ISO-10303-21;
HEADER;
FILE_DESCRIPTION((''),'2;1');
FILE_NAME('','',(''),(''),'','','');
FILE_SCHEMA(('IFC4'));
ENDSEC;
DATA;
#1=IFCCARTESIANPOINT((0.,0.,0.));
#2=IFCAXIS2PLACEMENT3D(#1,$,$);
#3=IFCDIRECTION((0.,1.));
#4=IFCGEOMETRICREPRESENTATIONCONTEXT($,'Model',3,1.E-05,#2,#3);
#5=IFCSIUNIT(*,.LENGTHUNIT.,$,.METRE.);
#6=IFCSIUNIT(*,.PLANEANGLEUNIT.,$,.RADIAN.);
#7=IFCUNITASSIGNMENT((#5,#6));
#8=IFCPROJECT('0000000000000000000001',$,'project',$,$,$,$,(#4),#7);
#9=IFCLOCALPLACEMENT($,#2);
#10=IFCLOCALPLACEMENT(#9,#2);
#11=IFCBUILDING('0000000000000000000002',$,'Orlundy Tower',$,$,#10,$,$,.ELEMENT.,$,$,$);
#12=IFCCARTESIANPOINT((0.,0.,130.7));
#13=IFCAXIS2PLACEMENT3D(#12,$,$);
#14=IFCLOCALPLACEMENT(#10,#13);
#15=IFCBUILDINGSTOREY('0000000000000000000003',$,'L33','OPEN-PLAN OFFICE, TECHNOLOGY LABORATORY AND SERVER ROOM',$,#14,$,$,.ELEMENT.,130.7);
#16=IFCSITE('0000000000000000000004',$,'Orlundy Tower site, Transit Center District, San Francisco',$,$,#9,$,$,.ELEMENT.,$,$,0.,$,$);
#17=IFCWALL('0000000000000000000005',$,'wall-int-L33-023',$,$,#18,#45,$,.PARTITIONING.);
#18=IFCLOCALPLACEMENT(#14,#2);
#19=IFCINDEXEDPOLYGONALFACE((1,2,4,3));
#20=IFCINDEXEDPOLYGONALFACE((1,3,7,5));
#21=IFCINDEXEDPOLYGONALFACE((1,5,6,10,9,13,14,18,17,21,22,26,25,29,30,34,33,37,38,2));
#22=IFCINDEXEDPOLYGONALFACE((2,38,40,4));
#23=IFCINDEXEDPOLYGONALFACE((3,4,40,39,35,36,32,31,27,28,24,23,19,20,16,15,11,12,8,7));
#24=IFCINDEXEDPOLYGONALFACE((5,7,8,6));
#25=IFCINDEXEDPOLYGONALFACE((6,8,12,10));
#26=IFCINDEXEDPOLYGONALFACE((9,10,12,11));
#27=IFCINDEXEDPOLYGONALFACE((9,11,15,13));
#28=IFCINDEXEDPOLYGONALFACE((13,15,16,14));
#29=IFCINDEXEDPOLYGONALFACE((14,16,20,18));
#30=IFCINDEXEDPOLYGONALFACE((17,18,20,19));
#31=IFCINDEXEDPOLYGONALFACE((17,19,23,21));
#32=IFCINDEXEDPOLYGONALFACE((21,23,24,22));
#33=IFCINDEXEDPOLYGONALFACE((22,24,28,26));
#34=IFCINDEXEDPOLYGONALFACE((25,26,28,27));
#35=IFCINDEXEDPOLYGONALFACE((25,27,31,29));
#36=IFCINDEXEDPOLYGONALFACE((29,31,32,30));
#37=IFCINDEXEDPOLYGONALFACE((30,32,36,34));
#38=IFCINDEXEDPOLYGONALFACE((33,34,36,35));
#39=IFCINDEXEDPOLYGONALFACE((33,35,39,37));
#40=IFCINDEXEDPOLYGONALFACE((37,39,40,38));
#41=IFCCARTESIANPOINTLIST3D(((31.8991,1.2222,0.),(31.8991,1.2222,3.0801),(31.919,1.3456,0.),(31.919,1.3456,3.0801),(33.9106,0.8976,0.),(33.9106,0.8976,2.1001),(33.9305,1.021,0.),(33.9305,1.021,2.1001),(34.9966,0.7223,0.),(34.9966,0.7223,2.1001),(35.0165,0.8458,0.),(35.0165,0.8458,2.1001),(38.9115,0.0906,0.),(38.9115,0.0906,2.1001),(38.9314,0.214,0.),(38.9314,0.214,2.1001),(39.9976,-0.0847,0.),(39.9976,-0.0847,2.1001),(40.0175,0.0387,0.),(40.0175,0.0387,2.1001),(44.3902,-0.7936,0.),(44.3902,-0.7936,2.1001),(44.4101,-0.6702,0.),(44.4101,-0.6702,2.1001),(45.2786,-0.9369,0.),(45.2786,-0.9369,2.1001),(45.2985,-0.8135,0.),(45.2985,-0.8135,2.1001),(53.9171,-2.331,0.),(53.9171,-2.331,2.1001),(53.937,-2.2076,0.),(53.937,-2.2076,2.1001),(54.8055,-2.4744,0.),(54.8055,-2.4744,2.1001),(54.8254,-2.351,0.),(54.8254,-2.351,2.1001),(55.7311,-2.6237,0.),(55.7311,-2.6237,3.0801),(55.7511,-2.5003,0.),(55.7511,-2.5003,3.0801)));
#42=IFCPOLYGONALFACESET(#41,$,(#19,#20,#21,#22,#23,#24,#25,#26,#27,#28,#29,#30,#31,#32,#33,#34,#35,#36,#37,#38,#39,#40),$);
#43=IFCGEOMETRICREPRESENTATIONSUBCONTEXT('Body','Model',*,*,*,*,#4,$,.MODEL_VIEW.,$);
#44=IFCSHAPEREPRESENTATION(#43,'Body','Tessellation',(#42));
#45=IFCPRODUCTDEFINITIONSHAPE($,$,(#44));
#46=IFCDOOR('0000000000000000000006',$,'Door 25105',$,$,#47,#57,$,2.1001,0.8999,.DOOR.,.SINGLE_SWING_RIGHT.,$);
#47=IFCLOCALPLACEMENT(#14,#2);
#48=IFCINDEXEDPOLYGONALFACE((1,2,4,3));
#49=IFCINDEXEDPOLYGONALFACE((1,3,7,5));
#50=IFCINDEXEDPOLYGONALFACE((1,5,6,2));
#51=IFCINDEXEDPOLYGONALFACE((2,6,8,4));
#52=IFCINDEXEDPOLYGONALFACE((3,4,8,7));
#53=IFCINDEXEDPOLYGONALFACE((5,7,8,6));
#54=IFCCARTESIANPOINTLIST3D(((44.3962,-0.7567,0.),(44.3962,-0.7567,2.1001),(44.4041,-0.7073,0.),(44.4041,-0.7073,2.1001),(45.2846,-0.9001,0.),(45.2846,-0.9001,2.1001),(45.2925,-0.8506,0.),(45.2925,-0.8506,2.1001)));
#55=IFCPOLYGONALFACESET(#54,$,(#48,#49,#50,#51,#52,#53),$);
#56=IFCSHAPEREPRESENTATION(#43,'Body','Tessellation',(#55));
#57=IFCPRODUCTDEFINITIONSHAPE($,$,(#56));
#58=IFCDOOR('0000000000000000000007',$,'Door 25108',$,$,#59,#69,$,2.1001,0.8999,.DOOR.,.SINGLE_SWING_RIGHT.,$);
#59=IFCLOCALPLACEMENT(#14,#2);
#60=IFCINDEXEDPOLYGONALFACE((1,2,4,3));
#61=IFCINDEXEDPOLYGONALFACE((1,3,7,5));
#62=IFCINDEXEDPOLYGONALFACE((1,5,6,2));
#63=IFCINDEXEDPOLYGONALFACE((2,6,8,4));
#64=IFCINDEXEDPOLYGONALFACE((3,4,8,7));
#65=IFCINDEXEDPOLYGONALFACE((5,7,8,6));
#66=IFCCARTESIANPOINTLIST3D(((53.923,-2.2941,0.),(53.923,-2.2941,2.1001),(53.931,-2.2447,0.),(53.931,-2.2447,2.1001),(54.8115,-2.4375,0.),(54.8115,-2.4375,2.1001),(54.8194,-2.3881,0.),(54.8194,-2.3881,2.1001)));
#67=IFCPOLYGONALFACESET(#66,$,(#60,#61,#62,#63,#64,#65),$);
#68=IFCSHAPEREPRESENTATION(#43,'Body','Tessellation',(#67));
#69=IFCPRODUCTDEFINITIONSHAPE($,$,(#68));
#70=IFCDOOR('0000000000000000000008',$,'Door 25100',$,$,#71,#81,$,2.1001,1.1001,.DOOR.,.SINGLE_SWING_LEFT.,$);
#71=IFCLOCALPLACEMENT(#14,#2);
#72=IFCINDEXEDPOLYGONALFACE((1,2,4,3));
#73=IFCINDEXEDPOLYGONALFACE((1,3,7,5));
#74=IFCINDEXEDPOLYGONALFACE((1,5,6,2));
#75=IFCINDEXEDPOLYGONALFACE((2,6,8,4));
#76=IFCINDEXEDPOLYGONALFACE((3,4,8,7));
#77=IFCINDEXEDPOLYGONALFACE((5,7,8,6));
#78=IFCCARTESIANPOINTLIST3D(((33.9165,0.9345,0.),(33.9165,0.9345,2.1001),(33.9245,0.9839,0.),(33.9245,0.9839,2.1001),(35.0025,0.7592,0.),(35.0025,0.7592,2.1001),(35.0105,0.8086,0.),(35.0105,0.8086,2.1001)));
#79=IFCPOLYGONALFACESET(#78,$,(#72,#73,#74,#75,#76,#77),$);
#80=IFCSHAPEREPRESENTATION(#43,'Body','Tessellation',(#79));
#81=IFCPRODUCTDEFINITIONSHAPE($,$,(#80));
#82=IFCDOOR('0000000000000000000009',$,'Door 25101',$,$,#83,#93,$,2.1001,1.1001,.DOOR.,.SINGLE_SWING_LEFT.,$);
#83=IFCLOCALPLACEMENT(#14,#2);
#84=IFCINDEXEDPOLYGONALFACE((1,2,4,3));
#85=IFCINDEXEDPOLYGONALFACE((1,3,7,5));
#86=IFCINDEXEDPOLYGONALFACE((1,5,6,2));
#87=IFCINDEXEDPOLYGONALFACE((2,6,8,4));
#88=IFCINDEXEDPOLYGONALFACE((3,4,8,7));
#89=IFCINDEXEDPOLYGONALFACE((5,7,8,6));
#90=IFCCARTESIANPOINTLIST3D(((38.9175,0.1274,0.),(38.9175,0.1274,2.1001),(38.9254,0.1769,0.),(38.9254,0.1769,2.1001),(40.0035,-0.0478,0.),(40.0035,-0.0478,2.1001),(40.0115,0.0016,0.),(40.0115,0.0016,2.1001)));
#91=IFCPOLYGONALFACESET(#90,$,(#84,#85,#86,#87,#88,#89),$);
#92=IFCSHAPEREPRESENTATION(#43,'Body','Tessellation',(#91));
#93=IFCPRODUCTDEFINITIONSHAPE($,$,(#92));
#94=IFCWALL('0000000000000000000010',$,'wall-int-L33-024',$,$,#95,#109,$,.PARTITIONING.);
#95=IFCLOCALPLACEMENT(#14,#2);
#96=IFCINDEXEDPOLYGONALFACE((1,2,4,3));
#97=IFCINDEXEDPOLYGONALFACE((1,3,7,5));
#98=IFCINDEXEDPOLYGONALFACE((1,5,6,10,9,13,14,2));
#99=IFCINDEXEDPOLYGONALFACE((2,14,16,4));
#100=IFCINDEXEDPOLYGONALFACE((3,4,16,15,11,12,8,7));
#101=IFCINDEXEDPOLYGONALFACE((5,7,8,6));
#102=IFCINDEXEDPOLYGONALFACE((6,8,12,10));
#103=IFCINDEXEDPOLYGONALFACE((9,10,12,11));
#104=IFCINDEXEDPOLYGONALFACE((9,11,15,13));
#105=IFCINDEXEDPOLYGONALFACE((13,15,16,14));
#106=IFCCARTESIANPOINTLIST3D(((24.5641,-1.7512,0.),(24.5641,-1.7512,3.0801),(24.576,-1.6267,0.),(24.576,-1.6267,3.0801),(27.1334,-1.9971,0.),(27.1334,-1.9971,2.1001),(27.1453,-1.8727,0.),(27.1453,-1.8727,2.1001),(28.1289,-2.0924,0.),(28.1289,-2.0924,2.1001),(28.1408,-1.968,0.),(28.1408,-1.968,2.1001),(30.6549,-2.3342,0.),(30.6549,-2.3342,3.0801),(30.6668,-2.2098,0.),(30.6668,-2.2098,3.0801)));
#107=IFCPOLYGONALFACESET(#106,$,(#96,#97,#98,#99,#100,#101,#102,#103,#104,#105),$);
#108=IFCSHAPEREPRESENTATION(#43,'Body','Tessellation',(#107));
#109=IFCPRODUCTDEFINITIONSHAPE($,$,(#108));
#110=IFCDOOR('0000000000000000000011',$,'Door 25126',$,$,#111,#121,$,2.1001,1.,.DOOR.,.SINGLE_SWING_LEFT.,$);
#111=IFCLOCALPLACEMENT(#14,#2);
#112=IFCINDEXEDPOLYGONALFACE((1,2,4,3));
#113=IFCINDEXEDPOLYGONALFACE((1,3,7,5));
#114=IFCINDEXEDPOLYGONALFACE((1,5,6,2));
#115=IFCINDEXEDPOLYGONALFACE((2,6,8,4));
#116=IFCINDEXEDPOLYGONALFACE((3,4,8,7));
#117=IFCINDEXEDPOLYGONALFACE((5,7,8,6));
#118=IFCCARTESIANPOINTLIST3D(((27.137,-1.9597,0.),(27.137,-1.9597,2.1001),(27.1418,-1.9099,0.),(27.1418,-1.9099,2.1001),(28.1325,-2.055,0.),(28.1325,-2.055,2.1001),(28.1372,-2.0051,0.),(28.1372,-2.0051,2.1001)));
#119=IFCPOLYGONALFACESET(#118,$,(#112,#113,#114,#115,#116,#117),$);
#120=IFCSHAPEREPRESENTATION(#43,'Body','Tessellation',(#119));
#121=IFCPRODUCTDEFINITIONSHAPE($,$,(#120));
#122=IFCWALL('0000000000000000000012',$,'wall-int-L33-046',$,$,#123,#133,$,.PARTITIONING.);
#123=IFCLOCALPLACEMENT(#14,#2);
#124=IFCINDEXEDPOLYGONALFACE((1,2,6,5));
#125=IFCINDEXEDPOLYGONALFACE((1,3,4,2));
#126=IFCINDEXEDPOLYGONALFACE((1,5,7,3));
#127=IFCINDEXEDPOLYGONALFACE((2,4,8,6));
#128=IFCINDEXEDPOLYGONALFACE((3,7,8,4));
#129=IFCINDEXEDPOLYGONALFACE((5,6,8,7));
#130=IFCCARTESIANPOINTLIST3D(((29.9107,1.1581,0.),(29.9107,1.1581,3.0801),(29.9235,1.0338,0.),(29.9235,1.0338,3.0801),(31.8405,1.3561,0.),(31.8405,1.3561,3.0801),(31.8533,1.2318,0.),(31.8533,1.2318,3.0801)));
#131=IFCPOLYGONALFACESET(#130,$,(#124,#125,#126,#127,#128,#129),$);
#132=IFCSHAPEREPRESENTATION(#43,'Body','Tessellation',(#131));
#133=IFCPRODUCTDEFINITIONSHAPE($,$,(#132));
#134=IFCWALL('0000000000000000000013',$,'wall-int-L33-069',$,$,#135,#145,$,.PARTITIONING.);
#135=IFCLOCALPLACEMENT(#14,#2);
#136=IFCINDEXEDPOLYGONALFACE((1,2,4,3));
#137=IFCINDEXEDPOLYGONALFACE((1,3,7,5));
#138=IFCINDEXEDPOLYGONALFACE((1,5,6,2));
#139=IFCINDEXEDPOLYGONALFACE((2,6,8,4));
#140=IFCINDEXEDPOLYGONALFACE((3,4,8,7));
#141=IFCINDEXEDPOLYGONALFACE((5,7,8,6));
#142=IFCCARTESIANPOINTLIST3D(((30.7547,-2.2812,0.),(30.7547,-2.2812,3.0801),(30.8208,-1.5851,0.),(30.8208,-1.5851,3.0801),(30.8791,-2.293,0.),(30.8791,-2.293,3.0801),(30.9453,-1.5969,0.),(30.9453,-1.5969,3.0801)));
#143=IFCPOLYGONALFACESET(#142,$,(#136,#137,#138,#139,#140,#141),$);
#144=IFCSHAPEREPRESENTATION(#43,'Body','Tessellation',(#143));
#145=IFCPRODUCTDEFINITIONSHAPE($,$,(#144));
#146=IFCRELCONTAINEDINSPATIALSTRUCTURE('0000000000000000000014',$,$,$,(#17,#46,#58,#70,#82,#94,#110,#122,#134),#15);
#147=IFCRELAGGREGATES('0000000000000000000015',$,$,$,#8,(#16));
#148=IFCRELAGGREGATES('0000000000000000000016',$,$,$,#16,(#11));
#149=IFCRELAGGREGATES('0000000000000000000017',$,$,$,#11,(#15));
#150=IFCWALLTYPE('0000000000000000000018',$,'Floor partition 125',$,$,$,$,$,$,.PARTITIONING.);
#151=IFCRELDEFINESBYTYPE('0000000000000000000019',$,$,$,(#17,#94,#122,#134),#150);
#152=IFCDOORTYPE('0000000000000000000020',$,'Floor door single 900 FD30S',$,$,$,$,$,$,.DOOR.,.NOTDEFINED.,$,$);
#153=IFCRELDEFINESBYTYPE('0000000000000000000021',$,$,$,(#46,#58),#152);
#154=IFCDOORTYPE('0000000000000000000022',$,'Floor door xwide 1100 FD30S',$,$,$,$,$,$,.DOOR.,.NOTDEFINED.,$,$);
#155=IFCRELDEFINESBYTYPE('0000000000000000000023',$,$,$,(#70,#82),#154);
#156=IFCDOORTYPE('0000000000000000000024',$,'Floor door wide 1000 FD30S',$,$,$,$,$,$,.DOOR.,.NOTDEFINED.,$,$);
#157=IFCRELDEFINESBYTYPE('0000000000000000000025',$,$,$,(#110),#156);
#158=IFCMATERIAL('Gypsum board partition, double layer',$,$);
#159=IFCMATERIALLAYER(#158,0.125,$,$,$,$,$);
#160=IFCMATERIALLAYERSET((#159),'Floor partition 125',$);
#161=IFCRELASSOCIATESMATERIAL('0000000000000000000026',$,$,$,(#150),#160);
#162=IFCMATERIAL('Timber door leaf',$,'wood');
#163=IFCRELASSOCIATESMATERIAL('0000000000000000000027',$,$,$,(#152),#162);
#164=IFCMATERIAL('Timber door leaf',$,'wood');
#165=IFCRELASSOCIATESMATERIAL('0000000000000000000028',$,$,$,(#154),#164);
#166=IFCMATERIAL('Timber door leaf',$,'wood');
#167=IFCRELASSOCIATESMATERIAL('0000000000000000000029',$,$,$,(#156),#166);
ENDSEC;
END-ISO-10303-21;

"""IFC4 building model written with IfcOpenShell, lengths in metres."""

from ifc_helpers import new_model, si_unit, direction, frame, frame_2d, origin, place, context, subcontext, project, spatial, rectangle, extrude, material, layer, layer_set, type_object, element, fill, save


model = new_model("IFC4")

# Units and contexts
model_context = context("Model", 3, precision=1e-05, world=origin(), true_north=direction((0.0, 1.0)))
body_context = subcontext(model_context, "Body", "Model", "MODEL_VIEW")
ifc_project = project(units=[si_unit("LENGTHUNIT", "METRE"), si_unit("PLANEANGLEUNIT", "RADIAN")], contexts=[model_context])

# Site, building, storey
site_placement = place(None, origin())
site = spatial("IfcSite", under=ifc_project, at=site_placement, Name="Orlundy Tower site, Transit Center District, San Francisco", CompositionType="ELEMENT", RefElevation=0.0)
building_placement = place(site_placement, origin())
building = spatial("IfcBuilding", under=site, at=building_placement, Name="Orlundy Tower", CompositionType="ELEMENT")
storey_placement = place(building_placement, frame((0.0, 0.0, 130.7)))
storey = spatial("IfcBuildingStorey", under=building, at=storey_placement, Name="L33", Description="OPEN-PLAN OFFICE, TECHNOLOGY LABORATORY AND SERVER ROOM", CompositionType="ELEMENT", Elevation=130.7)

# Shared definitions
ifc_material_1 = material(Name="Gypsum board partition, double layer")
ifc_layer_1 = layer(ifc_material_1, 0.125)
ifc_layer_set_1 = layer_set([ifc_layer_1], Name="Floor partition 125")
wall_type_1 = type_object("IfcWallType", Name="Floor partition 125", PredefinedType="PARTITIONING", material=ifc_layer_set_1)

# Wall, openings, doors
wall_1_placement = place(storey_placement, frame((31.9089, 1.2839, 0.0), z_axis=(0.0, 0.0, 1.0), x_axis=(0.987228, -0.159316, 0.0)))
wall_1 = element("IfcWall", 1, at=wall_1_placement, inside=storey, type_object=wall_type_1, Name="wall-int-L33-023", PredefinedType="PARTITIONING", context=body_context, shape_type="SweptSolid", body=[
    extrude(rectangle(XDim=24.1404, YDim=0.125, at=frame_2d((12.0703, 0.0))), origin(), (0.0, 0.0, 1.0), 3.0801),
])
opening_1_placement = place(wall_1_placement, frame((2.0376, 0.0, 0.0)))
opening_1 = element("IfcOpeningElement", 2, at=opening_1_placement, cuts=wall_1, PredefinedType="OPENING", context=body_context, shape_type="SweptSolid", body=[
    extrude(rectangle(XDim=1.1001, YDim=2.1001, at=frame_2d((0.55, 1.05))), frame((0.0, 0.0725, 0.0), z_axis=(0.0, -1.0, 0.0), x_axis=(1.0, 0.0, 0.0)), (0.0, 0.0, 1.0), 0.145),
])
opening_2_placement = place(wall_1_placement, frame((7.1033, 0.0, 0.0)))
opening_2 = element("IfcOpeningElement", 3, at=opening_2_placement, cuts=wall_1, PredefinedType="OPENING", context=body_context, shape_type="SweptSolid", body=[
    extrude(rectangle(XDim=1.1001, YDim=2.1001, at=frame_2d((0.55, 1.05))), frame((0.0, 0.0725, 0.0), z_axis=(0.0, -1.0, 0.0), x_axis=(1.0, 0.0, 0.0)), (0.0, 0.0, 1.0), 0.145),
])
opening_3_placement = place(wall_1_placement, frame((12.6528, 0.0, 0.0)))
opening_3 = element("IfcOpeningElement", 4, at=opening_3_placement, cuts=wall_1, PredefinedType="OPENING", context=body_context, shape_type="SweptSolid", body=[
    extrude(rectangle(XDim=0.8999, YDim=2.1001, at=frame_2d((0.45, 1.05))), frame((0.0, 0.0725, 0.0), z_axis=(0.0, -1.0, 0.0), x_axis=(1.0, 0.0, 0.0)), (0.0, 0.0, 1.0), 0.145),
])
opening_4_placement = place(wall_1_placement, frame((22.303, 0.0, 0.0)))
opening_4 = element("IfcOpeningElement", 5, at=opening_4_placement, cuts=wall_1, PredefinedType="OPENING", context=body_context, shape_type="SweptSolid", body=[
    extrude(rectangle(XDim=0.8999, YDim=2.1001, at=frame_2d((0.45, 1.05))), frame((0.0, 0.0725, 0.0), z_axis=(0.0, -1.0, 0.0), x_axis=(1.0, 0.0, 0.0)), (0.0, 0.0, 1.0), 0.145),
])
ifc_material_2 = material(Name="Timber door leaf", Category="wood")
door_type_1 = type_object("IfcDoorType", Name="Floor door single 900 FD30S", OperationType="NOTDEFINED", PredefinedType="DOOR", material=ifc_material_2)
door_1_placement = place(opening_3_placement, origin())
door_1 = element("IfcDoor", 6, at=door_1_placement, inside=storey, type_object=door_type_1, Name="Door 25105", OperationType="SINGLE_SWING_RIGHT", OverallHeight=2.1001, OverallWidth=0.8999, PredefinedType="DOOR", context=body_context, shape_type="SweptSolid", body=[
    extrude(rectangle(XDim=0.8999, YDim=2.1001, at=frame_2d((0.45, 1.05))), frame((0.0, 0.0249, 0.0), z_axis=(0.0, -1.0, 0.0), x_axis=(1.0, 0.0, 0.0)), (0.0, 0.0, 1.0), 0.05),
])
fill(opening_3, door_1)
door_2_placement = place(opening_4_placement, origin())
door_2 = element("IfcDoor", 7, at=door_2_placement, inside=storey, type_object=door_type_1, Name="Door 25108", OperationType="SINGLE_SWING_RIGHT", OverallHeight=2.1001, OverallWidth=0.8999, PredefinedType="DOOR", context=body_context, shape_type="SweptSolid", body=[
    extrude(rectangle(XDim=0.8999, YDim=2.1001, at=frame_2d((0.45, 1.05))), frame((0.0, 0.0249, 0.0), z_axis=(0.0, -1.0, 0.0), x_axis=(1.0, 0.0, 0.0)), (0.0, 0.0, 1.0), 0.05),
])
fill(opening_4, door_2)
ifc_material_3 = material(Name="Timber door leaf", Category="wood")
door_type_2 = type_object("IfcDoorType", Name="Floor door xwide 1100 FD30S", OperationType="NOTDEFINED", PredefinedType="DOOR", material=ifc_material_3)
door_3_placement = place(opening_1_placement, origin())
door_3 = element("IfcDoor", 8, at=door_3_placement, inside=storey, type_object=door_type_2, Name="Door 25100", OperationType="SINGLE_SWING_LEFT", OverallHeight=2.1001, OverallWidth=1.1001, PredefinedType="DOOR", context=body_context, shape_type="SweptSolid", body=[
    extrude(rectangle(XDim=1.1001, YDim=2.1001, at=frame_2d((0.55, 1.05))), frame((0.0, 0.0249, 0.0), z_axis=(0.0, -1.0, 0.0), x_axis=(1.0, 0.0, 0.0)), (0.0, 0.0, 1.0), 0.05),
])
fill(opening_1, door_3)
door_4_placement = place(opening_2_placement, origin())
door_4 = element("IfcDoor", 9, at=door_4_placement, inside=storey, type_object=door_type_2, Name="Door 25101", OperationType="SINGLE_SWING_LEFT", OverallHeight=2.1001, OverallWidth=1.1001, PredefinedType="DOOR", context=body_context, shape_type="SweptSolid", body=[
    extrude(rectangle(XDim=1.1001, YDim=2.1001, at=frame_2d((0.55, 1.05))), frame((0.0, 0.0249, 0.0), z_axis=(0.0, -1.0, 0.0), x_axis=(1.0, 0.0, 0.0)), (0.0, 0.0, 1.0), 0.05),
])
fill(opening_2, door_4)

# Wall, opening, door
wall_2_placement = place(storey_placement, frame((30.6609, -2.272, 0.0), z_axis=(0.0, 0.0, 1.0), x_axis=(-0.99545, 0.095284, 0.0)))
wall_2 = element("IfcWall", 10, at=wall_2_placement, inside=storey, type_object=wall_type_1, Name="wall-int-L33-024", PredefinedType="PARTITIONING", context=body_context, shape_type="SweptSolid", body=[
    extrude(rectangle(XDim=6.1187, YDim=0.125, at=frame_2d((3.0593, 0.0))), origin(), (0.0, 0.0, 1.0), 3.0801),
])
opening_5_placement = place(wall_2_placement, frame((2.5376, 0.0, 0.0)))
opening_5 = element("IfcOpeningElement", 11, at=opening_5_placement, cuts=wall_2, PredefinedType="OPENING", context=body_context, shape_type="SweptSolid", body=[
    extrude(rectangle(XDim=1.0, YDim=2.1001, at=frame_2d((0.5, 1.05))), frame((0.0, 0.0725, 0.0), z_axis=(0.0, -1.0, 0.0), x_axis=(1.0, 0.0, 0.0)), (0.0, 0.0, 1.0), 0.145),
])
ifc_material_4 = material(Name="Timber door leaf", Category="wood")
door_type_3 = type_object("IfcDoorType", Name="Floor door wide 1000 FD30S", OperationType="NOTDEFINED", PredefinedType="DOOR", material=ifc_material_4)
door_5_placement = place(opening_5_placement, origin())
door_5 = element("IfcDoor", 12, at=door_5_placement, inside=storey, type_object=door_type_3, Name="Door 25126", OperationType="SINGLE_SWING_LEFT", OverallHeight=2.1001, OverallWidth=1.0, PredefinedType="DOOR", context=body_context, shape_type="SweptSolid", body=[
    extrude(rectangle(XDim=1.0, YDim=2.1001, at=frame_2d((0.5, 1.05))), frame((0.0, 0.0249, 0.0), z_axis=(0.0, -1.0, 0.0), x_axis=(1.0, 0.0, 0.0)), (0.0, 0.0, 1.0), 0.05),
])
fill(opening_5, door_5)

# Walls
wall_3_placement = place(storey_placement, frame((31.8469, 1.2939, 0.0), z_axis=(0.0, 0.0, 1.0), x_axis=(-0.994778, -0.102058, 0.0)))
element("IfcWall", 13, at=wall_3_placement, inside=storey, type_object=wall_type_1, Name="wall-int-L33-046", PredefinedType="PARTITIONING", context=body_context, shape_type="SweptSolid", body=[
    extrude(rectangle(XDim=1.9399, YDim=0.125, at=frame_2d((0.97, 0.0))), origin(), (0.0, 0.0, 1.0), 3.0801),
])
wall_4_placement = place(storey_placement, frame((30.8169, -2.2871, 0.0), z_axis=(0.0, 0.0, 1.0), x_axis=(0.094628, 0.995513, 0.0)))
element("IfcWall", 14, at=wall_4_placement, inside=storey, type_object=wall_type_1, Name="wall-int-L33-069", PredefinedType="PARTITIONING", context=body_context, shape_type="SweptSolid", body=[
    extrude(rectangle(XDim=0.6992, YDim=0.125, at=frame_2d((0.3496, 0.0))), origin(), (0.0, 0.0, 1.0), 3.0801),
])

save(model, "model.ifc")
